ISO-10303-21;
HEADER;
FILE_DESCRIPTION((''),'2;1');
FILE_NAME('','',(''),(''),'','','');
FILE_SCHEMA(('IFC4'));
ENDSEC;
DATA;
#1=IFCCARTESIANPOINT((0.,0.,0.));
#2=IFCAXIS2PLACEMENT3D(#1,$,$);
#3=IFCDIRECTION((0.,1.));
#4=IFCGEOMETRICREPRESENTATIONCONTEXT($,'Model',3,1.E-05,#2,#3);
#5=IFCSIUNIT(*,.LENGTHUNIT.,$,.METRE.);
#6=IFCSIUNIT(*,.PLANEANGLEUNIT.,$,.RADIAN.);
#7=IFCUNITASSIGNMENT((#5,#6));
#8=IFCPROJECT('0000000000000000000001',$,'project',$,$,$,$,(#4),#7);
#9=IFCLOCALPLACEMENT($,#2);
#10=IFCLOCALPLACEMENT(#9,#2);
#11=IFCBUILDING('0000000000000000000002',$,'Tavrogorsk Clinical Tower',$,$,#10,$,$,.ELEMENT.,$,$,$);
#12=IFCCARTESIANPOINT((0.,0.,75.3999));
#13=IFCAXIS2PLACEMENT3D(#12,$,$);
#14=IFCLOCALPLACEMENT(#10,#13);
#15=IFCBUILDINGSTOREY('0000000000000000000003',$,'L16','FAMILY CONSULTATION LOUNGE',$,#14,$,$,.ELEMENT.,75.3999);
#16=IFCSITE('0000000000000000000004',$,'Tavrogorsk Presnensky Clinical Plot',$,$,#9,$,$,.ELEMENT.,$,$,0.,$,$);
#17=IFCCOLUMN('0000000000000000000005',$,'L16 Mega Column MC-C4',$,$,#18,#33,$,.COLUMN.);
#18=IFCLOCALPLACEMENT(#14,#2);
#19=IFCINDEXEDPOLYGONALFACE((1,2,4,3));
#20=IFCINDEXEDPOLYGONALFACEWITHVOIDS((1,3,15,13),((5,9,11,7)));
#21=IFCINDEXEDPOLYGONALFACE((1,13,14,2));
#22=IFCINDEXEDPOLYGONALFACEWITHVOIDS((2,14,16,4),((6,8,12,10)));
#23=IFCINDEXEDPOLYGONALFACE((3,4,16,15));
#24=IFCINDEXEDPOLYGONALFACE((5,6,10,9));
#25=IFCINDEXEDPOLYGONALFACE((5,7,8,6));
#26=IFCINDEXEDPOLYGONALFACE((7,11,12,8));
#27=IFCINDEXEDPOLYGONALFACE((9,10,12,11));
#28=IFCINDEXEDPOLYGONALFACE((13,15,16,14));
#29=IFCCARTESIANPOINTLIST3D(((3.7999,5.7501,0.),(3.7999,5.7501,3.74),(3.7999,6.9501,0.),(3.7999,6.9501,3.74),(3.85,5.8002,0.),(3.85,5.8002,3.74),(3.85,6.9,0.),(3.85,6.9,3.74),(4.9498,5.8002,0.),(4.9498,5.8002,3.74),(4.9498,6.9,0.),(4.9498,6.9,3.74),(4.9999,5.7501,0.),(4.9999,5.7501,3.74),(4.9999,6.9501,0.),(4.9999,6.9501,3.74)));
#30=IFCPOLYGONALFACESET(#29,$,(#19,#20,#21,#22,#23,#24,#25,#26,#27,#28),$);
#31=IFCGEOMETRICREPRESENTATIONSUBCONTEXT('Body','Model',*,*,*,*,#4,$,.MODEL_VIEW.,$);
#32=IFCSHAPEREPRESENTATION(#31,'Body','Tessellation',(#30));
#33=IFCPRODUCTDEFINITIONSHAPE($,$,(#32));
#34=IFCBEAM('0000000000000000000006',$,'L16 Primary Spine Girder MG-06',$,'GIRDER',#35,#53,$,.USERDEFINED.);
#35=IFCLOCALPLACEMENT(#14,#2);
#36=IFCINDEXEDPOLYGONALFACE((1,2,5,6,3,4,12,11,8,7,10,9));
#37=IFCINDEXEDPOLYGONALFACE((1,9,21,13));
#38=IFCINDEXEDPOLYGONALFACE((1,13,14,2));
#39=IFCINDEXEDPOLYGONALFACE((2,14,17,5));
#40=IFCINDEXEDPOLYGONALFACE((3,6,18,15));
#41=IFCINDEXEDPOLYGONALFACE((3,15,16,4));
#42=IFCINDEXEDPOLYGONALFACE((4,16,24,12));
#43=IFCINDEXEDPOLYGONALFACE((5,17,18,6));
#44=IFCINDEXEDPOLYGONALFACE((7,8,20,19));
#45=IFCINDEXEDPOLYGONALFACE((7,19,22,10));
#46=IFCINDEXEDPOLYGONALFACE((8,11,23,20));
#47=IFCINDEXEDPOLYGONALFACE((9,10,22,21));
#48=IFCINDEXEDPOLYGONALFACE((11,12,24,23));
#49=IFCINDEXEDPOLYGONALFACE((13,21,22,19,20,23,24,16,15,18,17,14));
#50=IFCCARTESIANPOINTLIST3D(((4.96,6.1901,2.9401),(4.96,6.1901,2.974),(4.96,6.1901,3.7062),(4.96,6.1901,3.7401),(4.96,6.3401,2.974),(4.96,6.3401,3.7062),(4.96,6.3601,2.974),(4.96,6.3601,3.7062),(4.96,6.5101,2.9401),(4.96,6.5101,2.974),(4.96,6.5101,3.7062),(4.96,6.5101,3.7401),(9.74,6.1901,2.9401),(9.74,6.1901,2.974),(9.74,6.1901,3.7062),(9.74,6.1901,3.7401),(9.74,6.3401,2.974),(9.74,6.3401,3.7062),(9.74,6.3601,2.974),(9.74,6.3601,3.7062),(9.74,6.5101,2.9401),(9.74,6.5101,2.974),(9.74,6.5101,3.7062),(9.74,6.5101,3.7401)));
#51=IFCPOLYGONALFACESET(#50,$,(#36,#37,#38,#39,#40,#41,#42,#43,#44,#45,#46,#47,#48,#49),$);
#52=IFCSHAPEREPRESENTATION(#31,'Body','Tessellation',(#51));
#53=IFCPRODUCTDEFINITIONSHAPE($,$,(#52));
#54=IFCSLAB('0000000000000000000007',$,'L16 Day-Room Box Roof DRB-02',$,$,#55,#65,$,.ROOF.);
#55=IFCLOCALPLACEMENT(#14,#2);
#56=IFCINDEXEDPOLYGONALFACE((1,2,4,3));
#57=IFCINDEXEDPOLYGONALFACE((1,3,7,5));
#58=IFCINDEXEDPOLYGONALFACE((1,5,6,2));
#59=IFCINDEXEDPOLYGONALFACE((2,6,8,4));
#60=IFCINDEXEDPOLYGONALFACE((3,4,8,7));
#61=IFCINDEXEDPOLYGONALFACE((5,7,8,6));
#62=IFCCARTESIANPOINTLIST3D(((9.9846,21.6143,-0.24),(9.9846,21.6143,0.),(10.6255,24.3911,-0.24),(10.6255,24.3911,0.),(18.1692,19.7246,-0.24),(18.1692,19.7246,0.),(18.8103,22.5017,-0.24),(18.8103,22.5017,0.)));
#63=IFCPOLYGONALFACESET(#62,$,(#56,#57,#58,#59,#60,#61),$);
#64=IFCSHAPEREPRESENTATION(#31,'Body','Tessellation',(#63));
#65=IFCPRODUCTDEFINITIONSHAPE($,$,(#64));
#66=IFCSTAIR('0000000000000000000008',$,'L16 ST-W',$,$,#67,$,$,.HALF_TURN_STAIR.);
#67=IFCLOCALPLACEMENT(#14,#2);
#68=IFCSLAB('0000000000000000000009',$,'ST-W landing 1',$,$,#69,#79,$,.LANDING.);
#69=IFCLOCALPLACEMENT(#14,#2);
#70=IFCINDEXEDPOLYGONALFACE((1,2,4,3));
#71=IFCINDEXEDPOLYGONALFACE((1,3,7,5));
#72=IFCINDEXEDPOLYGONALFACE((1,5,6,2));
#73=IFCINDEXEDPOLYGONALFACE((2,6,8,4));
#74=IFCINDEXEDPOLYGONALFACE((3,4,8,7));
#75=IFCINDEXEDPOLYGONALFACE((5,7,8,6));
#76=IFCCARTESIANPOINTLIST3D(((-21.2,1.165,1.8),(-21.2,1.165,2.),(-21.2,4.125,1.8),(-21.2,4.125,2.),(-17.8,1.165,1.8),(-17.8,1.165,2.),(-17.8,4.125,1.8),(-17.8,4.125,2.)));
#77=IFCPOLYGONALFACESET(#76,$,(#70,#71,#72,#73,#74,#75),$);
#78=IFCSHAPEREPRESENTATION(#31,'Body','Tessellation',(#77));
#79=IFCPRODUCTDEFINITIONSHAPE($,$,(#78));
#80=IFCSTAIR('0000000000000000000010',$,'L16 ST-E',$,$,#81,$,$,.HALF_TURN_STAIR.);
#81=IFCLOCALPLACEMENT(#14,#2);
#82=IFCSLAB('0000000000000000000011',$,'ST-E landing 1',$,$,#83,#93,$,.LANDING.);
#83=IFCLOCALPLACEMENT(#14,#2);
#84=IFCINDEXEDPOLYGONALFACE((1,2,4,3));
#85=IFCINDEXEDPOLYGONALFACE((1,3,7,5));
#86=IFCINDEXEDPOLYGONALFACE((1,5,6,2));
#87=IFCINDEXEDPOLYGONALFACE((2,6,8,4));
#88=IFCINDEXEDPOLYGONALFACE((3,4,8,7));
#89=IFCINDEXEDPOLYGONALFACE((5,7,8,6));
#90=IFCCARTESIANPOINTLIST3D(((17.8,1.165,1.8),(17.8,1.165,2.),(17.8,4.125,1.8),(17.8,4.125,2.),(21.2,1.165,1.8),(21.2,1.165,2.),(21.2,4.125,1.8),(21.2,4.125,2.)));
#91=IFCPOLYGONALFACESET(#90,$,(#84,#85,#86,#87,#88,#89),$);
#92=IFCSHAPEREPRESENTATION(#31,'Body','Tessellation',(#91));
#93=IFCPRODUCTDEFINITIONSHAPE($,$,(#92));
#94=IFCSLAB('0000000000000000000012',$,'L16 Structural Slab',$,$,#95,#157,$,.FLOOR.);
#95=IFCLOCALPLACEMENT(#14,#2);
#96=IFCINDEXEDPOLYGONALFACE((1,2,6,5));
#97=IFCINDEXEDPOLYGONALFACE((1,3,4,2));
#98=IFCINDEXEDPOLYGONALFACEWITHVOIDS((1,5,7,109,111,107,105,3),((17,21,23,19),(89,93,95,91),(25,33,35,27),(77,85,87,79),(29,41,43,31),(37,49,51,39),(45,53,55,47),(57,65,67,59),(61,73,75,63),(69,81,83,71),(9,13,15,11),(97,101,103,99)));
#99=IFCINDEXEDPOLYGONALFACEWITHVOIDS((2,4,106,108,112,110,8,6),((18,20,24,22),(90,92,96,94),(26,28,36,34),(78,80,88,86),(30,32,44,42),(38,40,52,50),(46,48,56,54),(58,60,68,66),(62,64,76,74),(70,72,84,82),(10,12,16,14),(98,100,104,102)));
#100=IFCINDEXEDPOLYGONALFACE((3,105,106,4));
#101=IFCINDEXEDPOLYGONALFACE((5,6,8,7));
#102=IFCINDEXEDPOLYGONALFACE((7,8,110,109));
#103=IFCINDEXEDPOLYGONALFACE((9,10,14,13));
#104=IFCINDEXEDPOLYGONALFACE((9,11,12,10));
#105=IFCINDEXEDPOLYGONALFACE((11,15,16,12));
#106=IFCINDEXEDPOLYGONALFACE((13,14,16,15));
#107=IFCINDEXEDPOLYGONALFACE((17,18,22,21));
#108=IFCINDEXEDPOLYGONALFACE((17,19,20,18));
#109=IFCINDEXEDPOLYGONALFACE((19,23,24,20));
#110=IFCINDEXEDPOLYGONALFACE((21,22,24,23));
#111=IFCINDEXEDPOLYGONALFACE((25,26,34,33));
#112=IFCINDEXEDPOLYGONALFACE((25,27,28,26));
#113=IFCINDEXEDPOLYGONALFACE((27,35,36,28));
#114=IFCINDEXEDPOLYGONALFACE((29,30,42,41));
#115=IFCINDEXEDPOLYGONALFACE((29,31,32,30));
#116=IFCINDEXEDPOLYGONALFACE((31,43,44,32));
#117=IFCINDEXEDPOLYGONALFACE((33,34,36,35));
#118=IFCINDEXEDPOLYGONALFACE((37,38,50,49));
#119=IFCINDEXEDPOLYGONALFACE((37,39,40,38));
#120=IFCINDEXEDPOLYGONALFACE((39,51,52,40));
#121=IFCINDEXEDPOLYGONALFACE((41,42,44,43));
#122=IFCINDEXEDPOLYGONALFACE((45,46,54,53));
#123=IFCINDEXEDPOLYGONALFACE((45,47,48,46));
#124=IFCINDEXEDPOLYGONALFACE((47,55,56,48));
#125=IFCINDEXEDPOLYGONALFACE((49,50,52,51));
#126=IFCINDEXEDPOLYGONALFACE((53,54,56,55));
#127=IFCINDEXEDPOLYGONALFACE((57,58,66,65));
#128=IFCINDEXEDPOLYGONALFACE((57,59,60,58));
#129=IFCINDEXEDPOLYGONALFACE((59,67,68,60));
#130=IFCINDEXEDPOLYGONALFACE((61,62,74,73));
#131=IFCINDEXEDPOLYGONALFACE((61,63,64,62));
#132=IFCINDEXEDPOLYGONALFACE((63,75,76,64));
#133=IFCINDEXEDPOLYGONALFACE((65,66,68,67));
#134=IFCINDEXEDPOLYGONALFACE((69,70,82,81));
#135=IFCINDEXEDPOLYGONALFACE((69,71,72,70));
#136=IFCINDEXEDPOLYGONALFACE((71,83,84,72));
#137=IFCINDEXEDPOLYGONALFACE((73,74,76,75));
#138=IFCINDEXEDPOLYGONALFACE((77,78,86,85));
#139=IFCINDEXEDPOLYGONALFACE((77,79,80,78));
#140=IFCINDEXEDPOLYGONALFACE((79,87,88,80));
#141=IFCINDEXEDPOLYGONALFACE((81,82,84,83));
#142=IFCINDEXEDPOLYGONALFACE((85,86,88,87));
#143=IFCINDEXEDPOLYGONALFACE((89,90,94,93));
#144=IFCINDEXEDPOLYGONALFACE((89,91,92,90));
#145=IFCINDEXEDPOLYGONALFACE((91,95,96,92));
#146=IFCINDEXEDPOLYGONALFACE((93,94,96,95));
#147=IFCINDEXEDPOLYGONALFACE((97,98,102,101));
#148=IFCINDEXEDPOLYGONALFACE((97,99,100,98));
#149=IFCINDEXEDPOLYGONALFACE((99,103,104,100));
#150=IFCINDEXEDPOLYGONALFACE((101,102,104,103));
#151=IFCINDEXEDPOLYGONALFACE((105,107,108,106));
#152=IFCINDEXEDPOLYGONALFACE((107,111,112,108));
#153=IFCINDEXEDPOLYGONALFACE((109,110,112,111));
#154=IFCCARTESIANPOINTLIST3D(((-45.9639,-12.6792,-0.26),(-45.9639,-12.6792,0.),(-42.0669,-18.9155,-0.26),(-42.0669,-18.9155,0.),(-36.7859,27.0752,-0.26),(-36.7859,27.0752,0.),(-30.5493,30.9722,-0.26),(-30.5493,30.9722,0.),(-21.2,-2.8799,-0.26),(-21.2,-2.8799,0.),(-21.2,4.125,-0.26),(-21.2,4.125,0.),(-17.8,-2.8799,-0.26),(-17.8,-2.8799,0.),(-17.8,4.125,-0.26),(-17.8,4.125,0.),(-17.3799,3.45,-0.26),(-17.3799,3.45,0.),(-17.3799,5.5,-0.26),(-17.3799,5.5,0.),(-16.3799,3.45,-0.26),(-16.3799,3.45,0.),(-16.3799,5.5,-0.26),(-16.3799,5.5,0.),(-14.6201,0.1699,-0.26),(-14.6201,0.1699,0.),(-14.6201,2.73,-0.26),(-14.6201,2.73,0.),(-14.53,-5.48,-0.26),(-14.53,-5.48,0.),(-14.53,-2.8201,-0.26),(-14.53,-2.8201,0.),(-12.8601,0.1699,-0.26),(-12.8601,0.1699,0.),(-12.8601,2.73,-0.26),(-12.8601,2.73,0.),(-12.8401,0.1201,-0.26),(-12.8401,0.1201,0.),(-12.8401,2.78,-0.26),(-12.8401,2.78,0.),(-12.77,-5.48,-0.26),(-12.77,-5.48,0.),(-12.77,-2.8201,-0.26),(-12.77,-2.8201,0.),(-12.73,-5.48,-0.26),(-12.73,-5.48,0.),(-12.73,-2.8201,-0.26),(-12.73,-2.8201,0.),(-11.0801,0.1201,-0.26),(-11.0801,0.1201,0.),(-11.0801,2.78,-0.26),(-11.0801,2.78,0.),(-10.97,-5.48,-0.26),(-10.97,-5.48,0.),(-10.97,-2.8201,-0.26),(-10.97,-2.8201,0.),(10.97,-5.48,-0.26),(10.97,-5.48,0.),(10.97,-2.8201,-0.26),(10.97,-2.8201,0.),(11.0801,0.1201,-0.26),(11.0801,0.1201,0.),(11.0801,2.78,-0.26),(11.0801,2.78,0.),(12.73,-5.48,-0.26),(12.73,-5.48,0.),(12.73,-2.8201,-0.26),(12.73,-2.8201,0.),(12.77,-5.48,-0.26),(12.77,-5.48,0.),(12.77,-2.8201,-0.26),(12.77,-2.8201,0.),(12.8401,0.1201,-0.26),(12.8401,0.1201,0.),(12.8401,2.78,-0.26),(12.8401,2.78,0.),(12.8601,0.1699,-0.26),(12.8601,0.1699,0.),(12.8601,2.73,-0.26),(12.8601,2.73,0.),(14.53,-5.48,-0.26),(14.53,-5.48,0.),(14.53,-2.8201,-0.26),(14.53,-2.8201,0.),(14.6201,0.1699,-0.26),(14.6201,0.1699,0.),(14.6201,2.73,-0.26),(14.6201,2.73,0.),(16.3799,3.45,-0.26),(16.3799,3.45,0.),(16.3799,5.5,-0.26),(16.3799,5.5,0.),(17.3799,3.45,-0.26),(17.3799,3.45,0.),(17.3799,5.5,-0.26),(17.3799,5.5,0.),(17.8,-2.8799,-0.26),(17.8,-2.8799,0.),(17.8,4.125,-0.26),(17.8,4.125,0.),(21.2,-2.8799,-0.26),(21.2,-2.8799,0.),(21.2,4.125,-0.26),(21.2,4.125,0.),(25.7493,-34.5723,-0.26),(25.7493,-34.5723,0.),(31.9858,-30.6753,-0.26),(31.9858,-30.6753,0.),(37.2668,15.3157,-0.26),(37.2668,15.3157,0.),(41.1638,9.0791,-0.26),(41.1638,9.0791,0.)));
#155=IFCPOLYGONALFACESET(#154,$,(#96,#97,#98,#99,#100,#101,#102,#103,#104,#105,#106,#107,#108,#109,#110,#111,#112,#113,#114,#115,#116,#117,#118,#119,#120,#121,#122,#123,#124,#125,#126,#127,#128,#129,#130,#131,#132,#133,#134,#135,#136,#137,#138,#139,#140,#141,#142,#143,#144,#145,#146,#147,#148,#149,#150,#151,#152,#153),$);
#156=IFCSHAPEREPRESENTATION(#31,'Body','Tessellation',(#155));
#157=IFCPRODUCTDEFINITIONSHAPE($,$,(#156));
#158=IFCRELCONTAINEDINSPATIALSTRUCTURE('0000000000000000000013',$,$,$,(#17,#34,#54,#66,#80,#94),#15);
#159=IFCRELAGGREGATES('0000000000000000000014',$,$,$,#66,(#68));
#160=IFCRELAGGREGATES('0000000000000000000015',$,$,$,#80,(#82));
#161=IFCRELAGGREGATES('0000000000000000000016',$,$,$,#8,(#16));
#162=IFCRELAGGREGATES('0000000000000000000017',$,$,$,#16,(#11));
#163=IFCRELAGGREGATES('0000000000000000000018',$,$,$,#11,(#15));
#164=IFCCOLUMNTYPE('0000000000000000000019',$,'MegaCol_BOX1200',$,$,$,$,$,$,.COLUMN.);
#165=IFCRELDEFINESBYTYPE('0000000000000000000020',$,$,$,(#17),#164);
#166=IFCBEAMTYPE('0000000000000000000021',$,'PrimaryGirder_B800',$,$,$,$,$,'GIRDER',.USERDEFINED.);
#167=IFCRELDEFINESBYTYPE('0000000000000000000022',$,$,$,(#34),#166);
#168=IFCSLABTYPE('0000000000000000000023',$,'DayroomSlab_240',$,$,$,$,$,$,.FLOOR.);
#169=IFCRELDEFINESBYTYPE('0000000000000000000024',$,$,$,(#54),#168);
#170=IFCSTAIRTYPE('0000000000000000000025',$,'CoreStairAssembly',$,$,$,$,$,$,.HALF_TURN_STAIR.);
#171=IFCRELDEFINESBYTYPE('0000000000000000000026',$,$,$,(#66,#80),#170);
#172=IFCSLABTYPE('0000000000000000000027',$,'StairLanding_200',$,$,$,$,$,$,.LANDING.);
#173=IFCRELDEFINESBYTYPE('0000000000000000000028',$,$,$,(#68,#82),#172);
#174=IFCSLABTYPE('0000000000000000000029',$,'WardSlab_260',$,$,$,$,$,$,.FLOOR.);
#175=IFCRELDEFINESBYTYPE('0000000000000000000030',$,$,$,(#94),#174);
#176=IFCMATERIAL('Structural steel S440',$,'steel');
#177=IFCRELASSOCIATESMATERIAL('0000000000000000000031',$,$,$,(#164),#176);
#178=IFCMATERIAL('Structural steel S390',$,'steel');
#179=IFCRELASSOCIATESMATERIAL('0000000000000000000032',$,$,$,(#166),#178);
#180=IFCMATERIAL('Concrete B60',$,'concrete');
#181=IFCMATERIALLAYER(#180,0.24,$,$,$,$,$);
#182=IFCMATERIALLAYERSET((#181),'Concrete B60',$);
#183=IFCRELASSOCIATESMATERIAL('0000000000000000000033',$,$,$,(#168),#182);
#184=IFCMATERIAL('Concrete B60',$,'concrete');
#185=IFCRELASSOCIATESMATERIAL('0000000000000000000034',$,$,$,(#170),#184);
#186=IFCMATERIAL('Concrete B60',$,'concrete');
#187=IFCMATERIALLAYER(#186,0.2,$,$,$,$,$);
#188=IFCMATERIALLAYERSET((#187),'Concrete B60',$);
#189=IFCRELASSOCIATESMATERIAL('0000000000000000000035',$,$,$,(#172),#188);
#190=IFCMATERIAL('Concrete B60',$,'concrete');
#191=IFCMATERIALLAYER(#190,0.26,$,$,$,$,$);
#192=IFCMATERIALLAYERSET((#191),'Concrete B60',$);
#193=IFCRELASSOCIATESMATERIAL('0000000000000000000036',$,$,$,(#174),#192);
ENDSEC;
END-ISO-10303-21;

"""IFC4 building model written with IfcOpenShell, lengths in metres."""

from ifc_helpers import new_model, si_unit, direction, frame, origin, origin_2d, place, context, subcontext, project, spatial, polyline, hollow_rectangle, i_section, outline, extrude, material, layer, layer_set, material_profile, profile_set, type_object, element, aggregate, save


model = new_model("IFC4")

# Units and contexts
model_context = context("Model", 3, precision=1e-05, world=origin(), true_north=direction((0.0, 1.0)))
body_context = subcontext(model_context, "Body", "Model", "MODEL_VIEW")
ifc_project = project(units=[si_unit("LENGTHUNIT", "METRE"), si_unit("PLANEANGLEUNIT", "RADIAN")], contexts=[model_context])

# Site, building, storey
site_placement = place(None, origin())
site = spatial("IfcSite", under=ifc_project, at=site_placement, Name="Tavrogorsk Presnensky Clinical Plot", CompositionType="ELEMENT", RefElevation=0.0)
building_placement = place(site_placement, origin())
building = spatial("IfcBuilding", under=site, at=building_placement, Name="Tavrogorsk Clinical Tower", CompositionType="ELEMENT")
storey_placement = place(building_placement, frame((0.0, 0.0, 75.3999)))
storey = spatial("IfcBuildingStorey", under=building, at=storey_placement, Name="L16", Description="FAMILY CONSULTATION LOUNGE", CompositionType="ELEMENT", Elevation=75.3999)

# Column
ifc_material_1 = material(Name="Structural steel S440", Category="steel")
ifc_material_profile_1 = material_profile(ifc_material_1, hollow_rectangle(XDim=1.2, YDim=1.2, WallThickness=0.05, at=origin_2d()), Name="BOX-1200x1200x50")
ifc_profile_set_1 = profile_set([ifc_material_profile_1], Name="Structural steel S440")
column_type = type_object("IfcColumnType", Name="MegaCol_BOX1200", PredefinedType="COLUMN", material=ifc_profile_set_1)
column_placement = place(storey_placement, frame((4.3999, 6.3501, 0.0), z_axis=(0.0, 0.0, 1.0), x_axis=(1.0, 0.0, 0.0)))
element("IfcColumn", 1, at=column_placement, inside=storey, type_object=column_type, Name="L16 Mega Column MC-C4", PredefinedType="COLUMN", context=body_context, shape_type="SweptSolid", body=[
    extrude(hollow_rectangle(XDim=1.2, YDim=1.2, WallThickness=0.05, at=origin_2d()), origin(), (0.0, 0.0, 1.0), 3.74),
])

# Beam
ifc_material_2 = material(Name="Structural steel S390", Category="steel")
ifc_material_profile_2 = material_profile(ifc_material_2, i_section(OverallWidth=0.3201, OverallDepth=0.8, WebThickness=0.02, FlangeThickness=0.0339, at=origin_2d()), Name="B-800x320x20x34")
ifc_profile_set_2 = profile_set([ifc_material_profile_2], Name="Structural steel S390")
beam_type = type_object("IfcBeamType", Name="PrimaryGirder_B800", ElementType="GIRDER", PredefinedType="USERDEFINED", material=ifc_profile_set_2)
beam_placement = place(storey_placement, frame((4.96, 6.3501, 3.3401), z_axis=(1.0, 0.0, 0.0), x_axis=(0.0, 1.0, 0.0)))
element("IfcBeam", 2, at=beam_placement, inside=storey, type_object=beam_type, Name="L16 Primary Spine Girder MG-06", ObjectType="GIRDER", PredefinedType="USERDEFINED", context=body_context, shape_type="SweptSolid", body=[
    extrude(i_section(OverallWidth=0.3201, OverallDepth=0.8, WebThickness=0.02, FlangeThickness=0.0339, at=origin_2d()), origin(), (0.0, 0.0, 1.0), 4.78),
])

# Slab
ifc_material_3 = material(Name="Concrete B60", Category="concrete")
ifc_layer_1 = layer(ifc_material_3, 0.24)
ifc_layer_set_1 = layer_set([ifc_layer_1], Name="Concrete B60")
slab_type_1 = type_object("IfcSlabType", Name="DayroomSlab_240", PredefinedType="FLOOR", material=ifc_layer_set_1)
slab_1_placement = place(storey_placement, frame((0.0, 0.0, -0.24)))
element("IfcSlab", 3, at=slab_1_placement, inside=storey, type_object=slab_type_1, Name="L16 Day-Room Box Roof DRB-02", PredefinedType="ROOF", context=body_context, shape_type="SweptSolid", body=[
    extrude(outline(polyline([(10.6255, 24.3911), (18.8103, 22.5017), (18.1692, 19.7246), (9.9846, 21.6143), (10.6255, 24.3911)])), origin(), (0.0, 0.0, 1.0), 0.24),
])

# Stairs, slabs
ifc_material_4 = material(Name="Concrete B60", Category="concrete")
stair_type = type_object("IfcStairType", Name="CoreStairAssembly", PredefinedType="HALF_TURN_STAIR", material=ifc_material_4)
stair_1_placement = place(storey_placement, origin())
stair_1 = element("IfcStair", 4, at=stair_1_placement, inside=storey, type_object=stair_type, Name="L16 ST-W", PredefinedType="HALF_TURN_STAIR")
ifc_material_5 = material(Name="Concrete B60", Category="concrete")
ifc_layer_2 = layer(ifc_material_5, 0.2)
ifc_layer_set_2 = layer_set([ifc_layer_2], Name="Concrete B60")
slab_type_2 = type_object("IfcSlabType", Name="StairLanding_200", PredefinedType="LANDING", material=ifc_layer_set_2)
slab_2_placement = place(storey_placement, frame((0.0, 0.0, 1.8)))
slab_2 = element("IfcSlab", 5, at=slab_2_placement, type_object=slab_type_2, Name="ST-W landing 1", PredefinedType="LANDING", context=body_context, shape_type="SweptSolid", body=[
    extrude(outline(polyline([(-17.8, 1.165), (-17.8, 4.125), (-21.2, 4.125), (-21.2, 1.165), (-17.8, 1.165)])), origin(), (0.0, 0.0, 1.0), 0.2),
])
aggregate(stair_1, [slab_2])
stair_2_placement = place(storey_placement, origin())
stair_2 = element("IfcStair", 6, at=stair_2_placement, inside=storey, type_object=stair_type, Name="L16 ST-E", PredefinedType="HALF_TURN_STAIR")
slab_3_placement = place(storey_placement, frame((0.0, 0.0, 1.8)))
slab_3 = element("IfcSlab", 7, at=slab_3_placement, type_object=slab_type_2, Name="ST-E landing 1", PredefinedType="LANDING", context=body_context, shape_type="SweptSolid", body=[
    extrude(outline(polyline([(21.2, 1.165), (21.2, 4.125), (17.8, 4.125), (17.8, 1.165), (21.2, 1.165)])), origin(), (0.0, 0.0, 1.0), 0.2),
])
aggregate(stair_2, [slab_3])

# Slab
ifc_material_6 = material(Name="Concrete B60", Category="concrete")
ifc_layer_3 = layer(ifc_material_6, 0.26)
ifc_layer_set_3 = layer_set([ifc_layer_3], Name="Concrete B60")
slab_type_3 = type_object("IfcSlabType", Name="WardSlab_260", PredefinedType="FLOOR", material=ifc_layer_set_3)
slab_4_placement = place(storey_placement, frame((0.0, 0.0, -0.26)))
element("IfcSlab", 8, at=slab_4_placement, inside=storey, type_object=slab_type_3, Name="L16 Structural Slab", PredefinedType="FLOOR", context=body_context, shape_type="SweptSolid", body=[
    extrude(outline(polyline([(-42.0669, -18.9155), (25.7493, -34.5723), (31.9858, -30.6753), (41.1638, 9.0791), (37.2668, 15.3157), (-30.5493, 30.9722), (-36.7859, 27.0752), (-45.9639, -12.6792), (-42.0669, -18.9155)]), holes=[polyline([(-17.8, -2.8799), (-17.8, 4.125), (-21.2, 4.125), (-21.2, -2.8799), (-17.8, -2.8799)]), polyline([(21.2, -2.8799), (21.2, 4.125), (17.8, 4.125), (17.8, -2.8799), (21.2, -2.8799)]), polyline([(-14.6201, 0.1699), (-12.8601, 0.1699), (-12.8601, 2.73), (-14.6201, 2.73), (-14.6201, 0.1699)]), polyline([(-14.53, -5.48), (-12.77, -5.48), (-12.77, -2.8201), (-14.53, -2.8201), (-14.53, -5.48)]), polyline([(-12.73, -5.48), (-10.97, -5.48), (-10.97, -2.8201), (-12.73, -2.8201), (-12.73, -5.48)]), polyline([(-12.8401, 0.1201), (-11.0801, 0.1201), (-11.0801, 2.78), (-12.8401, 2.78), (-12.8401, 0.1201)]), polyline([(12.8601, 0.1699), (14.6201, 0.1699), (14.6201, 2.73), (12.8601, 2.73), (12.8601, 0.1699)]), polyline([(12.77, -5.48), (14.53, -5.48), (14.53, -2.8201), (12.77, -2.8201), (12.77, -5.48)]), polyline([(10.97, -5.48), (12.73, -5.48), (12.73, -2.8201), (10.97, -2.8201), (10.97, -5.48)]), polyline([(11.0801, 0.1201), (12.8401, 0.1201), (12.8401, 2.78), (11.0801, 2.78), (11.0801, 0.1201)]), polyline([(-17.3799, 3.45), (-16.3799, 3.45), (-16.3799, 5.5), (-17.3799, 5.5), (-17.3799, 3.45)]), polyline([(16.3799, 3.45), (17.3799, 3.45), (17.3799, 5.5), (16.3799, 5.5), (16.3799, 3.45)])]), origin(), (0.0, 0.0, 1.0), 0.26),
])

save(model, "model.ifc")
